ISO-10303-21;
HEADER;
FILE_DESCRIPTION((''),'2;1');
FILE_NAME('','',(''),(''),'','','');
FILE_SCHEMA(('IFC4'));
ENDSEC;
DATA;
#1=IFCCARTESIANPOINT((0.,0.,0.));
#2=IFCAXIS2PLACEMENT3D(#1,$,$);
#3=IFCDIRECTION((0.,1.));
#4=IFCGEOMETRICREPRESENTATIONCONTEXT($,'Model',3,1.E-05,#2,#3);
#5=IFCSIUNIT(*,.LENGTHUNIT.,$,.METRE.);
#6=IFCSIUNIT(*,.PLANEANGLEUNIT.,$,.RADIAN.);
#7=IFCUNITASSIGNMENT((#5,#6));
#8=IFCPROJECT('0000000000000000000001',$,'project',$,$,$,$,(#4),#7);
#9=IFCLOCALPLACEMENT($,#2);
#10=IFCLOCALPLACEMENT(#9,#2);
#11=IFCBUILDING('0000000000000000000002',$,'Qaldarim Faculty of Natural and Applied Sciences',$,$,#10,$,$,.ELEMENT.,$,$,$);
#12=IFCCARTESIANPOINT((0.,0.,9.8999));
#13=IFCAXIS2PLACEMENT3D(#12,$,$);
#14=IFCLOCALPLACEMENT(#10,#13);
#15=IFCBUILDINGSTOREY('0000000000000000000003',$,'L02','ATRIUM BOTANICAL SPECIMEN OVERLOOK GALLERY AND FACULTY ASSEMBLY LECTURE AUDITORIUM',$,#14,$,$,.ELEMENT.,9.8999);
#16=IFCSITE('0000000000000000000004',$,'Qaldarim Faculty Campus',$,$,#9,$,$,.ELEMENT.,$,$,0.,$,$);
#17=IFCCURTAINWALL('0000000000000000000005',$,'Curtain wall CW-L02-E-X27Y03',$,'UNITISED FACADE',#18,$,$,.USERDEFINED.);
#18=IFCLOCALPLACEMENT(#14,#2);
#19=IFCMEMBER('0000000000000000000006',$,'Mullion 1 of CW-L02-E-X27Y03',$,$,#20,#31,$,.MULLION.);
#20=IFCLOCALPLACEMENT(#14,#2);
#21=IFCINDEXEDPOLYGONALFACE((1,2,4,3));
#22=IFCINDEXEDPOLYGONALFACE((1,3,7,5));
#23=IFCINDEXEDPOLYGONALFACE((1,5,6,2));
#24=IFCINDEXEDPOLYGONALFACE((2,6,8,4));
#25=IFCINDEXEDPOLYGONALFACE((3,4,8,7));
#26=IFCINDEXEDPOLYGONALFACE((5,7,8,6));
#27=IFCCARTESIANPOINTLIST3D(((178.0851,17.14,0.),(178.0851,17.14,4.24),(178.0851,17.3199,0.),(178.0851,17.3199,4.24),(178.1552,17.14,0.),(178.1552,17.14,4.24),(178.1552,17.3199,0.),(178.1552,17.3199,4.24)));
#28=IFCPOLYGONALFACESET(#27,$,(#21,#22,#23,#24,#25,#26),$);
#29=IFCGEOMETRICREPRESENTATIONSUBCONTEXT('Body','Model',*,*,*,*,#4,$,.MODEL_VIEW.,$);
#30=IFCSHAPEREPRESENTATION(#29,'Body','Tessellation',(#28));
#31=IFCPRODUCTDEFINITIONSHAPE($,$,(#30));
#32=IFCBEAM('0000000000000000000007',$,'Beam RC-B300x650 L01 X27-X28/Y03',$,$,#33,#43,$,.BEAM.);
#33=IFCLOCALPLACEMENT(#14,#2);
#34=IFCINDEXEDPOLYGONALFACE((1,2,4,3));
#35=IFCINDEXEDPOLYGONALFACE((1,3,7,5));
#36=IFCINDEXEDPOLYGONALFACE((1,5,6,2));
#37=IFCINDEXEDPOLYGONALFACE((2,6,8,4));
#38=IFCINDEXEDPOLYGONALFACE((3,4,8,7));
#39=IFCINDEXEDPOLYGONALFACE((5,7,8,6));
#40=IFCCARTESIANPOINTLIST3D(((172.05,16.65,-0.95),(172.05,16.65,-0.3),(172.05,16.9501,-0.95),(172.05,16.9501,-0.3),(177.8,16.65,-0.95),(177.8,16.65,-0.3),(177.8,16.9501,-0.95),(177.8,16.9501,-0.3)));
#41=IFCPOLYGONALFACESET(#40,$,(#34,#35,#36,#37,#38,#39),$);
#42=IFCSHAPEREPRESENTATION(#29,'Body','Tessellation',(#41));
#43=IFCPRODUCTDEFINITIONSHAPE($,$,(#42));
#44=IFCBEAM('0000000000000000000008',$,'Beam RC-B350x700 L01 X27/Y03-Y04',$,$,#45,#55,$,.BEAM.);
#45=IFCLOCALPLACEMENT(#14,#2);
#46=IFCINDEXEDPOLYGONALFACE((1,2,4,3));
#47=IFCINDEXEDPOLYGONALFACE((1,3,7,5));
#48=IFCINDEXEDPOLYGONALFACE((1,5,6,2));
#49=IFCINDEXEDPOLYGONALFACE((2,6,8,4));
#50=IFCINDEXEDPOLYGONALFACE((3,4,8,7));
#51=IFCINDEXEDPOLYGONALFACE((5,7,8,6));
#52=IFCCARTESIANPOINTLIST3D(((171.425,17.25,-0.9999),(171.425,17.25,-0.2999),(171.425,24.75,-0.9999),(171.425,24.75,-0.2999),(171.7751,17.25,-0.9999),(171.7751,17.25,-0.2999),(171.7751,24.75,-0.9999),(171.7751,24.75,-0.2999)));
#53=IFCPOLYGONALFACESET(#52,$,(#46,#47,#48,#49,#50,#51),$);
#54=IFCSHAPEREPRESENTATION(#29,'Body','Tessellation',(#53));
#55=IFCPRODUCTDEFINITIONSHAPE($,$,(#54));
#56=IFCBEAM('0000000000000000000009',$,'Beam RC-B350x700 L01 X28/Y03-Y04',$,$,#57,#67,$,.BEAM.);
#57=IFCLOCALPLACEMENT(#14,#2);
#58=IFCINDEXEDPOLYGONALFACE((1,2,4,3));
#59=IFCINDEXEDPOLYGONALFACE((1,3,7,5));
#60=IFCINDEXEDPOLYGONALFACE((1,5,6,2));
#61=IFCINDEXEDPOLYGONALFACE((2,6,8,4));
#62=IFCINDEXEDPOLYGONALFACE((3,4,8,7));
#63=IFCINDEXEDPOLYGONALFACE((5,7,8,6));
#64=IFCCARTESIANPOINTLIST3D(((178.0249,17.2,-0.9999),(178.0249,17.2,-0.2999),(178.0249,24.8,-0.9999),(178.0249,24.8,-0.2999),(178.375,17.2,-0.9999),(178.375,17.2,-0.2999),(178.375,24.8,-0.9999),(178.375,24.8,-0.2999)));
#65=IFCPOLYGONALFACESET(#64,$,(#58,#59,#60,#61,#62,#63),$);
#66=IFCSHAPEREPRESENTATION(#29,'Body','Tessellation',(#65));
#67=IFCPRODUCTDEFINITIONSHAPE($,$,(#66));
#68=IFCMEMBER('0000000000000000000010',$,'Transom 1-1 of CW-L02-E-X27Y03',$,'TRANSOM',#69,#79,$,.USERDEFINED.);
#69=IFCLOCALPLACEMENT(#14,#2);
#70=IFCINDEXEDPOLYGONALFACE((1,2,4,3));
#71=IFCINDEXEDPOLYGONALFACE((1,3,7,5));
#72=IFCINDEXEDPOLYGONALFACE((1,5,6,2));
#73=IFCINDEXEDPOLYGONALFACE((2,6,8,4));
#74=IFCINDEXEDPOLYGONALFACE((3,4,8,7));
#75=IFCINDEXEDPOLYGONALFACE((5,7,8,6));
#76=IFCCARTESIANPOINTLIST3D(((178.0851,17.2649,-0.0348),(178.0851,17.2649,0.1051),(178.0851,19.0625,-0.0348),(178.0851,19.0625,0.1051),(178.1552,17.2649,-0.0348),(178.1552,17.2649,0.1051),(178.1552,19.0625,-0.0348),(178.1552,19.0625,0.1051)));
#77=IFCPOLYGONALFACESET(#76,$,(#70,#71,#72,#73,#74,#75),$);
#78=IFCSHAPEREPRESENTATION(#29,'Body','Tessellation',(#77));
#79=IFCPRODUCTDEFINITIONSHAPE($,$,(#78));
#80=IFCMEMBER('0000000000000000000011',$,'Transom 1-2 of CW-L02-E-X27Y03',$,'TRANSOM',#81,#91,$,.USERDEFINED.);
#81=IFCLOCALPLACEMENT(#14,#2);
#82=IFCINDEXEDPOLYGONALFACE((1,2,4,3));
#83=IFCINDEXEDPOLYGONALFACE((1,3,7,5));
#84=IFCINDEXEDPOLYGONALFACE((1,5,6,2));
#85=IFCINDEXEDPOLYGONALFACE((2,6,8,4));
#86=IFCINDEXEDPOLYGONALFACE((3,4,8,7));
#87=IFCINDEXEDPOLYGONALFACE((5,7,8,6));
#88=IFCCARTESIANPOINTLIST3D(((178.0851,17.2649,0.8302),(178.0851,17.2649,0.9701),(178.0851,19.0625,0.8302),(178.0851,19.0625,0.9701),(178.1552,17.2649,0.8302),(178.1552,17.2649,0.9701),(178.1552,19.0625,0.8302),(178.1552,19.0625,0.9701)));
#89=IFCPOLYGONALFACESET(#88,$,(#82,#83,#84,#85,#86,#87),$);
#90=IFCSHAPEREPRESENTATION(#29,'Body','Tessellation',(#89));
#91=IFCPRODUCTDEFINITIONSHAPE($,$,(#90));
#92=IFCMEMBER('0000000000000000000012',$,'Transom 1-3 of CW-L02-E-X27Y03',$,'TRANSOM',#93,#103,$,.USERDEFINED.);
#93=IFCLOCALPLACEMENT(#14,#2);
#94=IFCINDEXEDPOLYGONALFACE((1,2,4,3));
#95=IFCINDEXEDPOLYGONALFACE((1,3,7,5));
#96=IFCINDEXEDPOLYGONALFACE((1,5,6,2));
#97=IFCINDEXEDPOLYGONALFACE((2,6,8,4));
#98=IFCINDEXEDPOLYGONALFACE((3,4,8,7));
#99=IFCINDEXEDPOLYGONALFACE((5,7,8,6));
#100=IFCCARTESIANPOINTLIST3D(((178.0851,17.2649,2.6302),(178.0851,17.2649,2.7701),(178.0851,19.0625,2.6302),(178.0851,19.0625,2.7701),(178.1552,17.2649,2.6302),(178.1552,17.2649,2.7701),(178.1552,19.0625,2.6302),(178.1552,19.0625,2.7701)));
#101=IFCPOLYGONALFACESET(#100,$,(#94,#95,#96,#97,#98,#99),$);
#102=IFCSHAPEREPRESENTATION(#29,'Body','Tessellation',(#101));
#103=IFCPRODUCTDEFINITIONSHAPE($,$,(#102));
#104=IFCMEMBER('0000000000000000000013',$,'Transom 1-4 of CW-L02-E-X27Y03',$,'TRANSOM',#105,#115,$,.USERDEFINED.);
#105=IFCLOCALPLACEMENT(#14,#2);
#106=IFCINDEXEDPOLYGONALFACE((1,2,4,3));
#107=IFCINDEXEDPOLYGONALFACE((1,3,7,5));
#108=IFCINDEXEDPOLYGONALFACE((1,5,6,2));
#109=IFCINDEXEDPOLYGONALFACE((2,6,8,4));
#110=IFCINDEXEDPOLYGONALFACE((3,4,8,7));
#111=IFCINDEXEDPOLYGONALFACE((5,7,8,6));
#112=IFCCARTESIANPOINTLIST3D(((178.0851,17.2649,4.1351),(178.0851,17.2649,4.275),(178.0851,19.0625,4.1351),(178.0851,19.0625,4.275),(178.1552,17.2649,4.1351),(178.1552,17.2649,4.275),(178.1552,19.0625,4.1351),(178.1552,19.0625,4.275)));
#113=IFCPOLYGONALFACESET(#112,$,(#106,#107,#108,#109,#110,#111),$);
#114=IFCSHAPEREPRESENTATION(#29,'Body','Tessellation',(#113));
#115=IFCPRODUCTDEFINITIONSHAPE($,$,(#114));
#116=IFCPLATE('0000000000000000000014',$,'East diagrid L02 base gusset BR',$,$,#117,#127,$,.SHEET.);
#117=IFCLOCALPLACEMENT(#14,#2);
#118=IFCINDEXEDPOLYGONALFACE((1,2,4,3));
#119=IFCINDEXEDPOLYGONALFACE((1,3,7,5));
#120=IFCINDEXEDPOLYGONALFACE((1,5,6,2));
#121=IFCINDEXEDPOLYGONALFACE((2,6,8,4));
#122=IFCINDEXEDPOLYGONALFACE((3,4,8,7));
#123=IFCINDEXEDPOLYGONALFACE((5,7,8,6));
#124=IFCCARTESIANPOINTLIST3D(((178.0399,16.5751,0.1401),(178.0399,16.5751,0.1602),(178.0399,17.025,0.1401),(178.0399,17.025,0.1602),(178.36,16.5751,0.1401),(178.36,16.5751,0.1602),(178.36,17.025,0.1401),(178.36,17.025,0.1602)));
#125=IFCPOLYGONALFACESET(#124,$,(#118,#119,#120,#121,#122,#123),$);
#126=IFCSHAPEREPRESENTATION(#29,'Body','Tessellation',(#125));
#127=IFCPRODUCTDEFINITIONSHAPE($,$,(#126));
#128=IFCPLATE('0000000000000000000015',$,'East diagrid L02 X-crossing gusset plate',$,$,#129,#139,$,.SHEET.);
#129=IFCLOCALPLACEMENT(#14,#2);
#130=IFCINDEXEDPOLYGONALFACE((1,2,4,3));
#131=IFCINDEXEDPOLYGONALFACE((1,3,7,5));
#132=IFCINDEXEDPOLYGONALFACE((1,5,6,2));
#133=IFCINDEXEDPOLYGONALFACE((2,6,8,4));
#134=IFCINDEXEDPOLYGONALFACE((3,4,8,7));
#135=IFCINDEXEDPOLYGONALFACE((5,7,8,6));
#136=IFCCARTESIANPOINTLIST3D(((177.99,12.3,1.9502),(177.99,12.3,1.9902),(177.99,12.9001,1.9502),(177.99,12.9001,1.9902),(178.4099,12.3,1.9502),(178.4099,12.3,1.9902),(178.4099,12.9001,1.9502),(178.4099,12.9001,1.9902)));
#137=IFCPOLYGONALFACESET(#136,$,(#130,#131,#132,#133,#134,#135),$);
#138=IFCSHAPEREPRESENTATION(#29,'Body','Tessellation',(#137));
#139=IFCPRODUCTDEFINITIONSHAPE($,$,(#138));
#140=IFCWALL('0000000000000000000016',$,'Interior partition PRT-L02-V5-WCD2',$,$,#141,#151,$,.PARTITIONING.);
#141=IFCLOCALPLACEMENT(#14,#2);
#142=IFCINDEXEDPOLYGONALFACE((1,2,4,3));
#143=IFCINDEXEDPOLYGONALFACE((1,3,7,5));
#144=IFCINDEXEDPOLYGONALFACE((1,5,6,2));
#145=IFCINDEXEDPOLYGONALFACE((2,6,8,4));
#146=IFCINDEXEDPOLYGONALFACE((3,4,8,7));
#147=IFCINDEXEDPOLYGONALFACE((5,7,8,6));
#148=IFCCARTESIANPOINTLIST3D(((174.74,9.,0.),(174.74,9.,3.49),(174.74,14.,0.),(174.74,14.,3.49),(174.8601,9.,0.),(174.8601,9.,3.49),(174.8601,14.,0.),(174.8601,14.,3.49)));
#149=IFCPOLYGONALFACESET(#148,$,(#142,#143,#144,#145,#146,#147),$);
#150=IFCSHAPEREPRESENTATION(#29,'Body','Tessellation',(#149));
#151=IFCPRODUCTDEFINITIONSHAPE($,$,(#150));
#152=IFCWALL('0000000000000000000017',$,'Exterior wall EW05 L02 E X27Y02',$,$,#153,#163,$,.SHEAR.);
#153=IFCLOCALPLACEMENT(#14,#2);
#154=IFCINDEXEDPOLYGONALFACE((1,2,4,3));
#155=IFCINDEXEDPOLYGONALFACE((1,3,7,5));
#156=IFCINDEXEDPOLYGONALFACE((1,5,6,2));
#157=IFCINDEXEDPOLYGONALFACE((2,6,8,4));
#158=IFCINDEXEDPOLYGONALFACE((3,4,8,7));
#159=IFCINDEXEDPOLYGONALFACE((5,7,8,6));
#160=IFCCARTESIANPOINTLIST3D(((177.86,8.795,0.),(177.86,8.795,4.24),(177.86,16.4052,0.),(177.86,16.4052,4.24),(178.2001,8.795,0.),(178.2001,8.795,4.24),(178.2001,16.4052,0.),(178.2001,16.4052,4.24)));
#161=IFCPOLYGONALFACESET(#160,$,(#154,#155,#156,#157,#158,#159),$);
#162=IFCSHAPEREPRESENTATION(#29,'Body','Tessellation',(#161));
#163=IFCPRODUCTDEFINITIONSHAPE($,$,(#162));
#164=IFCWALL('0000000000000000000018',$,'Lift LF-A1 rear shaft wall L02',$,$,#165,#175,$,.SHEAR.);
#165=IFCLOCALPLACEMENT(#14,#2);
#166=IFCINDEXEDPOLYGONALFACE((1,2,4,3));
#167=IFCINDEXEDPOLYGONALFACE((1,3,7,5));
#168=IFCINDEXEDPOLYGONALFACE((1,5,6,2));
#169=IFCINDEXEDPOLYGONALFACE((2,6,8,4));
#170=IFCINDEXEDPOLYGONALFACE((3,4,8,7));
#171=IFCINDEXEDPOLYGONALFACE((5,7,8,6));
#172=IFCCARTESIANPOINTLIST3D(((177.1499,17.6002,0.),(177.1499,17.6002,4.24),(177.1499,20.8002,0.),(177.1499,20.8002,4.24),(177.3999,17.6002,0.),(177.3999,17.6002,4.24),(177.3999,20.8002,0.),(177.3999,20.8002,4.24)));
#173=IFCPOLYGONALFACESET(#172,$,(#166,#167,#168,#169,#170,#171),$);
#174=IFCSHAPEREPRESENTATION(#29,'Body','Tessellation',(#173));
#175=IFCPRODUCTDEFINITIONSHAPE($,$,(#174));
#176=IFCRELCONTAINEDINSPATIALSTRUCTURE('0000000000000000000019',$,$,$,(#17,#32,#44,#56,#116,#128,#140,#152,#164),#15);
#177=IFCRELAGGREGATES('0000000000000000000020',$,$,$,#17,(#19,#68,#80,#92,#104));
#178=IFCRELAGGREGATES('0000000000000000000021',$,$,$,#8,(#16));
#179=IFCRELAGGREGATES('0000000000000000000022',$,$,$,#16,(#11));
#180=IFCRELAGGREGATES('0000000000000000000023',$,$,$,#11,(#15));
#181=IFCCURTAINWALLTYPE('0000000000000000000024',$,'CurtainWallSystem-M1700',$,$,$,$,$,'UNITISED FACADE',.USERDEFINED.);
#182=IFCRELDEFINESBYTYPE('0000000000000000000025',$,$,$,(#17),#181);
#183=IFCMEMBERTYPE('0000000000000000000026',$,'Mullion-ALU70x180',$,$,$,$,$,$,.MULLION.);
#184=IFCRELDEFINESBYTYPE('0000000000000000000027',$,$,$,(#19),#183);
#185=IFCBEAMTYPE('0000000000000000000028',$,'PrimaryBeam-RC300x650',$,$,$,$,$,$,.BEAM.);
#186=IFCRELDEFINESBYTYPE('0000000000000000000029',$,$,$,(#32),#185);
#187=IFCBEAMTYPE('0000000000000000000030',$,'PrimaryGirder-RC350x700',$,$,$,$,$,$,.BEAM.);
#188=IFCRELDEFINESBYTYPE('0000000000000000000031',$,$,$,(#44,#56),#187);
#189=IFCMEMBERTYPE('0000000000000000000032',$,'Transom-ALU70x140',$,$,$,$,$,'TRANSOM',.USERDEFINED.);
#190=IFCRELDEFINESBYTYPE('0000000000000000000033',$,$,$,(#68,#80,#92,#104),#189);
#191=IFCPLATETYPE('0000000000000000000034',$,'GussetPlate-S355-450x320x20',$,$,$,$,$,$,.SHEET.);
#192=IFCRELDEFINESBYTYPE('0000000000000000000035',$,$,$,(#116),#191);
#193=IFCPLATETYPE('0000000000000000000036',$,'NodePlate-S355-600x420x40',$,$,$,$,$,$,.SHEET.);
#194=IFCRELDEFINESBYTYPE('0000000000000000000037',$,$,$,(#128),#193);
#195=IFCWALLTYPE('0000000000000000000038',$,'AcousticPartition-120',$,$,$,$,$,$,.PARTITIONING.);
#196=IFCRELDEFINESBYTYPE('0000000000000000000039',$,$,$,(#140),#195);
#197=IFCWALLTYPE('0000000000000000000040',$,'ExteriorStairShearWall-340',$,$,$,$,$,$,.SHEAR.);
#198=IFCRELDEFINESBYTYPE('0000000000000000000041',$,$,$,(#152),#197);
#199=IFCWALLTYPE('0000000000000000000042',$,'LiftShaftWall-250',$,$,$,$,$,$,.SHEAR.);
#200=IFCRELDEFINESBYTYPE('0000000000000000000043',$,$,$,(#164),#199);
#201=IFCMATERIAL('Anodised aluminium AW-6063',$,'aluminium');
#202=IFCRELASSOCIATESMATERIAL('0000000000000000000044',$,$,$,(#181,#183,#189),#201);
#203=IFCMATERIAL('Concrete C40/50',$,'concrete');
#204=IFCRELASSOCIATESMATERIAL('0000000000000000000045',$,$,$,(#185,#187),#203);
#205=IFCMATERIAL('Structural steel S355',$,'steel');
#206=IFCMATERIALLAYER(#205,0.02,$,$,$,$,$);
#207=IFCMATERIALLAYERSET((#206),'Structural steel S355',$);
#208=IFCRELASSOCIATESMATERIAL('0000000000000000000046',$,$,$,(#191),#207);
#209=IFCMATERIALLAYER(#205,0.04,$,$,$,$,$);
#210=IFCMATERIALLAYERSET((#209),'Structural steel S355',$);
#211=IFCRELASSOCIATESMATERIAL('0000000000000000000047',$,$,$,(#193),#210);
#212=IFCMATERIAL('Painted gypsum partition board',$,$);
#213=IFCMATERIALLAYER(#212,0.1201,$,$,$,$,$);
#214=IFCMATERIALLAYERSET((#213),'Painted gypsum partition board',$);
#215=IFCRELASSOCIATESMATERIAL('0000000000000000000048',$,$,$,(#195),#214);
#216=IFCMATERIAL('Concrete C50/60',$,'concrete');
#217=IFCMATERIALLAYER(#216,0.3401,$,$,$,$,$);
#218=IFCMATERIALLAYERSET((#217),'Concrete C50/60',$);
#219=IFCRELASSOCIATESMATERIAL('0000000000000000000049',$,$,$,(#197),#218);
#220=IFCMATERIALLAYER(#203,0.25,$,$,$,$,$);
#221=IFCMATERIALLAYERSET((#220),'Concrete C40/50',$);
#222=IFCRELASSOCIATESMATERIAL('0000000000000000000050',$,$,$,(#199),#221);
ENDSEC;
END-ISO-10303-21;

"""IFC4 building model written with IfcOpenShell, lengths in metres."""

from ifc_helpers import new_model, si_unit, direction, frame, frame_2d, origin, origin_2d, place, context, subcontext, project, spatial, rectangle, extrude, material, layer, layer_set, material_profile, profile_set, type_object, element, aggregate, save


model = new_model("IFC4")

# Units and contexts
model_context = context("Model", 3, precision=1e-05, world=origin(), true_north=direction((0.0, 1.0)))
body_context = subcontext(model_context, "Body", "Model", "MODEL_VIEW")
ifc_project = project(units=[si_unit("LENGTHUNIT", "METRE"), si_unit("PLANEANGLEUNIT", "RADIAN")], contexts=[model_context])

# Site, building, storey
site_placement = place(None, origin())
site = spatial("IfcSite", under=ifc_project, at=site_placement, Name="Qaldarim Faculty Campus", CompositionType="ELEMENT", RefElevation=0.0)
building_placement = place(site_placement, origin())
building = spatial("IfcBuilding", under=site, at=building_placement, Name="Qaldarim Faculty of Natural and Applied Sciences", CompositionType="ELEMENT")
storey_placement = place(building_placement, frame((0.0, 0.0, 9.8999)))
storey = spatial("IfcBuildingStorey", under=building, at=storey_placement, Name="L02", Description="ATRIUM BOTANICAL SPECIMEN OVERLOOK GALLERY AND FACULTY ASSEMBLY LECTURE AUDITORIUM", CompositionType="ELEMENT", Elevation=9.8999)

# Shared definitions
ifc_material_1 = material(Name="Concrete C50/60", Category="concrete")

# Shared definitions
ifc_material_2 = material(Name="Concrete C40/50", Category="concrete")

# Shared definitions
ifc_material_3 = material(Name="Structural steel S355", Category="steel")

# Curtain wall, member
ifc_material_4 = material(Name="Anodised aluminium AW-6063", Category="aluminium")
curtain_wall_type = type_object("IfcCurtainWallType", Name="CurtainWallSystem-M1700", ElementType="UNITISED FACADE", PredefinedType="USERDEFINED", material=ifc_material_4)
curtain_wall_placement = place(storey_placement, origin())
curtain_wall = element("IfcCurtainWall", 1, at=curtain_wall_placement, inside=storey, type_object=curtain_wall_type, Name="Curtain wall CW-L02-E-X27Y03", ObjectType="UNITISED FACADE", PredefinedType="USERDEFINED")
ifc_material_profile_1 = material_profile(ifc_material_4, rectangle(XDim=0.0701, YDim=0.1799, at=origin_2d()), Name="ALU-M70x180")
ifc_profile_set_1 = profile_set([ifc_material_profile_1], Name="Anodised aluminium AW-6063")
member_type_1 = type_object("IfcMemberType", Name="Mullion-ALU70x180", PredefinedType="MULLION", material=ifc_profile_set_1)
member_1_placement = place(storey_placement, frame((178.1201, 17.23, 0.0), z_axis=(0.0, 0.0, 1.0), x_axis=(-1.0, 0.0, 0.0)))
member_1 = element("IfcMember", 2, at=member_1_placement, type_object=member_type_1, Name="Mullion 1 of CW-L02-E-X27Y03", PredefinedType="MULLION", context=body_context, shape_type="SweptSolid", body=[
    extrude(rectangle(XDim=0.0701, YDim=0.1799, at=origin_2d()), origin(), (0.0, 0.0, 1.0), 4.24),
])

# Beams
ifc_material_profile_2 = material_profile(ifc_material_2, rectangle(XDim=0.3, YDim=0.6499, at=origin_2d()), Name="RC-B300x650")
ifc_profile_set_2 = profile_set([ifc_material_profile_2], Name="Concrete C40/50")
beam_type_1 = type_object("IfcBeamType", Name="PrimaryBeam-RC300x650", PredefinedType="BEAM", material=ifc_profile_set_2)
beam_1_placement = place(storey_placement, frame((172.05, 16.8, -0.625), z_axis=(1.0, 0.0, 0.0), x_axis=(0.0, 1.0, 0.0)))
element("IfcBeam", 3, at=beam_1_placement, inside=storey, type_object=beam_type_1, Name="Beam RC-B300x650 L01 X27-X28/Y03", PredefinedType="BEAM", context=body_context, shape_type="SweptSolid", body=[
    extrude(rectangle(XDim=0.3, YDim=0.6499, at=origin_2d()), origin(), (0.0, 0.0, 1.0), 5.75),
])
ifc_material_profile_3 = material_profile(ifc_material_2, rectangle(XDim=0.3501, YDim=0.7, at=origin_2d()), Name="RC-B350x700")
ifc_profile_set_3 = profile_set([ifc_material_profile_3], Name="Concrete C40/50")
beam_type_2 = type_object("IfcBeamType", Name="PrimaryGirder-RC350x700", PredefinedType="BEAM", material=ifc_profile_set_3)
beam_2_placement = place(storey_placement, frame((171.6001, 17.25, -0.6499), z_axis=(0.0, 1.0, 0.0), x_axis=(-1.0, 0.0, 0.0)))
element("IfcBeam", 4, at=beam_2_placement, inside=storey, type_object=beam_type_2, Name="Beam RC-B350x700 L01 X27/Y03-Y04", PredefinedType="BEAM", context=body_context, shape_type="SweptSolid", body=[
    extrude(rectangle(XDim=0.3501, YDim=0.7, at=origin_2d()), origin(), (0.0, 0.0, 1.0), 7.5),
])
beam_3_placement = place(storey_placement, frame((178.2, 17.2, -0.6499), z_axis=(0.0, 1.0, 0.0), x_axis=(-1.0, 0.0, 0.0)))
element("IfcBeam", 5, at=beam_3_placement, inside=storey, type_object=beam_type_2, Name="Beam RC-B350x700 L01 X28/Y03-Y04", PredefinedType="BEAM", context=body_context, shape_type="SweptSolid", body=[
    extrude(rectangle(XDim=0.3501, YDim=0.7, at=origin_2d()), origin(), (0.0, 0.0, 1.0), 7.6001),
])

# Members
ifc_material_profile_4 = material_profile(ifc_material_4, rectangle(XDim=0.0701, YDim=0.1399, at=origin_2d()), Name="ALU-T70x140")
ifc_profile_set_4 = profile_set([ifc_material_profile_4], Name="Anodised aluminium AW-6063")
member_type_2 = type_object("IfcMemberType", Name="Transom-ALU70x140", ElementType="TRANSOM", PredefinedType="USERDEFINED", material=ifc_profile_set_4)
member_2_placement = place(storey_placement, frame((178.1201, 17.2649, 0.0352), z_axis=(0.0, 1.0, 0.0), x_axis=(-1.0, 0.0, 0.0)))
member_2 = element("IfcMember", 6, at=member_2_placement, type_object=member_type_2, Name="Transom 1-1 of CW-L02-E-X27Y03", ObjectType="TRANSOM", PredefinedType="USERDEFINED", context=body_context, shape_type="SweptSolid", body=[
    extrude(rectangle(XDim=0.0701, YDim=0.1399, at=origin_2d()), origin(), (0.0, 0.0, 1.0), 1.7976),
])
member_3_placement = place(storey_placement, frame((178.1201, 17.2649, 0.9001), z_axis=(0.0, 1.0, 0.0), x_axis=(-1.0, 0.0, 0.0)))
member_3 = element("IfcMember", 7, at=member_3_placement, type_object=member_type_2, Name="Transom 1-2 of CW-L02-E-X27Y03", ObjectType="TRANSOM", PredefinedType="USERDEFINED", context=body_context, shape_type="SweptSolid", body=[
    extrude(rectangle(XDim=0.0701, YDim=0.1399, at=origin_2d()), origin(), (0.0, 0.0, 1.0), 1.7976),
])
member_4_placement = place(storey_placement, frame((178.1201, 17.2649, 2.7002), z_axis=(0.0, 1.0, 0.0), x_axis=(-1.0, 0.0, 0.0)))
member_4 = element("IfcMember", 8, at=member_4_placement, type_object=member_type_2, Name="Transom 1-3 of CW-L02-E-X27Y03", ObjectType="TRANSOM", PredefinedType="USERDEFINED", context=body_context, shape_type="SweptSolid", body=[
    extrude(rectangle(XDim=0.0701, YDim=0.1399, at=origin_2d()), origin(), (0.0, 0.0, 1.0), 1.7976),
])
member_5_placement = place(storey_placement, frame((178.1201, 17.2649, 4.2051), z_axis=(0.0, 1.0, 0.0), x_axis=(-1.0, 0.0, 0.0)))
member_5 = element("IfcMember", 9, at=member_5_placement, type_object=member_type_2, Name="Transom 1-4 of CW-L02-E-X27Y03", ObjectType="TRANSOM", PredefinedType="USERDEFINED", context=body_context, shape_type="SweptSolid", body=[
    extrude(rectangle(XDim=0.0701, YDim=0.1399, at=origin_2d()), origin(), (0.0, 0.0, 1.0), 1.7976),
])
aggregate(curtain_wall, [member_1, member_2, member_3, member_4, member_5])

# Plates
ifc_layer_1 = layer(ifc_material_3, 0.02)
ifc_layer_set_1 = layer_set([ifc_layer_1], Name="Structural steel S355")
plate_type_1 = type_object("IfcPlateType", Name="GussetPlate-S355-450x320x20", PredefinedType="SHEET", material=ifc_layer_set_1)
plate_1_placement = place(storey_placement, frame((178.2, 16.8, 0.1401), z_axis=(0.0, 0.0, 1.0), x_axis=(0.0, 1.0, 0.0)))
element("IfcPlate", 10, at=plate_1_placement, inside=storey, type_object=plate_type_1, Name="East diagrid L02 base gusset BR", PredefinedType="SHEET", context=body_context, shape_type="SweptSolid", body=[
    extrude(rectangle(XDim=0.45, YDim=0.3201, at=origin_2d()), origin(), (0.0, 0.0, 1.0), 0.02),
])
ifc_layer_2 = layer(ifc_material_3, 0.04)
ifc_layer_set_2 = layer_set([ifc_layer_2], Name="Structural steel S355")
plate_type_2 = type_object("IfcPlateType", Name="NodePlate-S355-600x420x40", PredefinedType="SHEET", material=ifc_layer_set_2)
plate_2_placement = place(storey_placement, frame((178.2, 12.6001, 1.9502), z_axis=(0.0, 0.0, 1.0), x_axis=(0.0, 1.0, 0.0)))
element("IfcPlate", 11, at=plate_2_placement, inside=storey, type_object=plate_type_2, Name="East diagrid L02 X-crossing gusset plate", PredefinedType="SHEET", context=body_context, shape_type="SweptSolid", body=[
    extrude(rectangle(XDim=0.6001, YDim=0.4199, at=origin_2d()), origin(), (0.0, 0.0, 1.0), 0.04),
])

# Walls
ifc_material_5 = material(Name="Painted gypsum partition board")
ifc_layer_3 = layer(ifc_material_5, 0.1201)
ifc_layer_set_3 = layer_set([ifc_layer_3], Name="Painted gypsum partition board")
wall_type_1 = type_object("IfcWallType", Name="AcousticPartition-120", PredefinedType="PARTITIONING", material=ifc_layer_set_3)
wall_1_placement = place(storey_placement, frame((174.8, 9.0, 0.0), z_axis=(0.0, 0.0, 1.0), x_axis=(0.0, 1.0, 0.0)))
element("IfcWall", 12, at=wall_1_placement, inside=storey, type_object=wall_type_1, Name="Interior partition PRT-L02-V5-WCD2", PredefinedType="PARTITIONING", context=body_context, shape_type="SweptSolid", body=[
    extrude(rectangle(XDim=5.0, YDim=0.1201, at=frame_2d((2.5, 0.0))), origin(), (0.0, 0.0, 1.0), 3.49),
])
ifc_layer_4 = layer(ifc_material_1, 0.3401)
ifc_layer_set_4 = layer_set([ifc_layer_4], Name="Concrete C50/60")
wall_type_2 = type_object("IfcWallType", Name="ExteriorStairShearWall-340", PredefinedType="SHEAR", material=ifc_layer_set_4)
wall_2_placement = place(storey_placement, frame((178.03, 8.7949, 0.0), z_axis=(0.0, 0.0, 1.0), x_axis=(0.0, 1.0, 0.0)))
element("IfcWall", 13, at=wall_2_placement, inside=storey, type_object=wall_type_2, Name="Exterior wall EW05 L02 E X27Y02", PredefinedType="SHEAR", context=body_context, shape_type="SweptSolid", body=[
    extrude(rectangle(XDim=7.6101, YDim=0.3401, at=frame_2d((3.8052, 0.0))), origin(), (0.0, 0.0, 1.0), 4.24),
])

# Shared definitions
ifc_layer_5 = layer(ifc_material_2, 0.25)
ifc_layer_set_5 = layer_set([ifc_layer_5], Name="Concrete C40/50")
wall_type_3 = type_object("IfcWallType", Name="LiftShaftWall-250", PredefinedType="SHEAR", material=ifc_layer_set_5)

# Wall
wall_3_placement = place(storey_placement, frame((177.2749, 17.6001, 0.0), z_axis=(0.0, 0.0, 1.0), x_axis=(0.0, 1.0, 0.0)))
element("IfcWall", 14, at=wall_3_placement, inside=storey, type_object=wall_type_3, Name="Lift LF-A1 rear shaft wall L02", PredefinedType="SHEAR", context=body_context, shape_type="SweptSolid", body=[
    extrude(rectangle(XDim=3.2, YDim=0.25, at=frame_2d((1.6001, 0.0))), origin(), (0.0, 0.0, 1.0), 4.24),
])

save(model, "model.ifc")
